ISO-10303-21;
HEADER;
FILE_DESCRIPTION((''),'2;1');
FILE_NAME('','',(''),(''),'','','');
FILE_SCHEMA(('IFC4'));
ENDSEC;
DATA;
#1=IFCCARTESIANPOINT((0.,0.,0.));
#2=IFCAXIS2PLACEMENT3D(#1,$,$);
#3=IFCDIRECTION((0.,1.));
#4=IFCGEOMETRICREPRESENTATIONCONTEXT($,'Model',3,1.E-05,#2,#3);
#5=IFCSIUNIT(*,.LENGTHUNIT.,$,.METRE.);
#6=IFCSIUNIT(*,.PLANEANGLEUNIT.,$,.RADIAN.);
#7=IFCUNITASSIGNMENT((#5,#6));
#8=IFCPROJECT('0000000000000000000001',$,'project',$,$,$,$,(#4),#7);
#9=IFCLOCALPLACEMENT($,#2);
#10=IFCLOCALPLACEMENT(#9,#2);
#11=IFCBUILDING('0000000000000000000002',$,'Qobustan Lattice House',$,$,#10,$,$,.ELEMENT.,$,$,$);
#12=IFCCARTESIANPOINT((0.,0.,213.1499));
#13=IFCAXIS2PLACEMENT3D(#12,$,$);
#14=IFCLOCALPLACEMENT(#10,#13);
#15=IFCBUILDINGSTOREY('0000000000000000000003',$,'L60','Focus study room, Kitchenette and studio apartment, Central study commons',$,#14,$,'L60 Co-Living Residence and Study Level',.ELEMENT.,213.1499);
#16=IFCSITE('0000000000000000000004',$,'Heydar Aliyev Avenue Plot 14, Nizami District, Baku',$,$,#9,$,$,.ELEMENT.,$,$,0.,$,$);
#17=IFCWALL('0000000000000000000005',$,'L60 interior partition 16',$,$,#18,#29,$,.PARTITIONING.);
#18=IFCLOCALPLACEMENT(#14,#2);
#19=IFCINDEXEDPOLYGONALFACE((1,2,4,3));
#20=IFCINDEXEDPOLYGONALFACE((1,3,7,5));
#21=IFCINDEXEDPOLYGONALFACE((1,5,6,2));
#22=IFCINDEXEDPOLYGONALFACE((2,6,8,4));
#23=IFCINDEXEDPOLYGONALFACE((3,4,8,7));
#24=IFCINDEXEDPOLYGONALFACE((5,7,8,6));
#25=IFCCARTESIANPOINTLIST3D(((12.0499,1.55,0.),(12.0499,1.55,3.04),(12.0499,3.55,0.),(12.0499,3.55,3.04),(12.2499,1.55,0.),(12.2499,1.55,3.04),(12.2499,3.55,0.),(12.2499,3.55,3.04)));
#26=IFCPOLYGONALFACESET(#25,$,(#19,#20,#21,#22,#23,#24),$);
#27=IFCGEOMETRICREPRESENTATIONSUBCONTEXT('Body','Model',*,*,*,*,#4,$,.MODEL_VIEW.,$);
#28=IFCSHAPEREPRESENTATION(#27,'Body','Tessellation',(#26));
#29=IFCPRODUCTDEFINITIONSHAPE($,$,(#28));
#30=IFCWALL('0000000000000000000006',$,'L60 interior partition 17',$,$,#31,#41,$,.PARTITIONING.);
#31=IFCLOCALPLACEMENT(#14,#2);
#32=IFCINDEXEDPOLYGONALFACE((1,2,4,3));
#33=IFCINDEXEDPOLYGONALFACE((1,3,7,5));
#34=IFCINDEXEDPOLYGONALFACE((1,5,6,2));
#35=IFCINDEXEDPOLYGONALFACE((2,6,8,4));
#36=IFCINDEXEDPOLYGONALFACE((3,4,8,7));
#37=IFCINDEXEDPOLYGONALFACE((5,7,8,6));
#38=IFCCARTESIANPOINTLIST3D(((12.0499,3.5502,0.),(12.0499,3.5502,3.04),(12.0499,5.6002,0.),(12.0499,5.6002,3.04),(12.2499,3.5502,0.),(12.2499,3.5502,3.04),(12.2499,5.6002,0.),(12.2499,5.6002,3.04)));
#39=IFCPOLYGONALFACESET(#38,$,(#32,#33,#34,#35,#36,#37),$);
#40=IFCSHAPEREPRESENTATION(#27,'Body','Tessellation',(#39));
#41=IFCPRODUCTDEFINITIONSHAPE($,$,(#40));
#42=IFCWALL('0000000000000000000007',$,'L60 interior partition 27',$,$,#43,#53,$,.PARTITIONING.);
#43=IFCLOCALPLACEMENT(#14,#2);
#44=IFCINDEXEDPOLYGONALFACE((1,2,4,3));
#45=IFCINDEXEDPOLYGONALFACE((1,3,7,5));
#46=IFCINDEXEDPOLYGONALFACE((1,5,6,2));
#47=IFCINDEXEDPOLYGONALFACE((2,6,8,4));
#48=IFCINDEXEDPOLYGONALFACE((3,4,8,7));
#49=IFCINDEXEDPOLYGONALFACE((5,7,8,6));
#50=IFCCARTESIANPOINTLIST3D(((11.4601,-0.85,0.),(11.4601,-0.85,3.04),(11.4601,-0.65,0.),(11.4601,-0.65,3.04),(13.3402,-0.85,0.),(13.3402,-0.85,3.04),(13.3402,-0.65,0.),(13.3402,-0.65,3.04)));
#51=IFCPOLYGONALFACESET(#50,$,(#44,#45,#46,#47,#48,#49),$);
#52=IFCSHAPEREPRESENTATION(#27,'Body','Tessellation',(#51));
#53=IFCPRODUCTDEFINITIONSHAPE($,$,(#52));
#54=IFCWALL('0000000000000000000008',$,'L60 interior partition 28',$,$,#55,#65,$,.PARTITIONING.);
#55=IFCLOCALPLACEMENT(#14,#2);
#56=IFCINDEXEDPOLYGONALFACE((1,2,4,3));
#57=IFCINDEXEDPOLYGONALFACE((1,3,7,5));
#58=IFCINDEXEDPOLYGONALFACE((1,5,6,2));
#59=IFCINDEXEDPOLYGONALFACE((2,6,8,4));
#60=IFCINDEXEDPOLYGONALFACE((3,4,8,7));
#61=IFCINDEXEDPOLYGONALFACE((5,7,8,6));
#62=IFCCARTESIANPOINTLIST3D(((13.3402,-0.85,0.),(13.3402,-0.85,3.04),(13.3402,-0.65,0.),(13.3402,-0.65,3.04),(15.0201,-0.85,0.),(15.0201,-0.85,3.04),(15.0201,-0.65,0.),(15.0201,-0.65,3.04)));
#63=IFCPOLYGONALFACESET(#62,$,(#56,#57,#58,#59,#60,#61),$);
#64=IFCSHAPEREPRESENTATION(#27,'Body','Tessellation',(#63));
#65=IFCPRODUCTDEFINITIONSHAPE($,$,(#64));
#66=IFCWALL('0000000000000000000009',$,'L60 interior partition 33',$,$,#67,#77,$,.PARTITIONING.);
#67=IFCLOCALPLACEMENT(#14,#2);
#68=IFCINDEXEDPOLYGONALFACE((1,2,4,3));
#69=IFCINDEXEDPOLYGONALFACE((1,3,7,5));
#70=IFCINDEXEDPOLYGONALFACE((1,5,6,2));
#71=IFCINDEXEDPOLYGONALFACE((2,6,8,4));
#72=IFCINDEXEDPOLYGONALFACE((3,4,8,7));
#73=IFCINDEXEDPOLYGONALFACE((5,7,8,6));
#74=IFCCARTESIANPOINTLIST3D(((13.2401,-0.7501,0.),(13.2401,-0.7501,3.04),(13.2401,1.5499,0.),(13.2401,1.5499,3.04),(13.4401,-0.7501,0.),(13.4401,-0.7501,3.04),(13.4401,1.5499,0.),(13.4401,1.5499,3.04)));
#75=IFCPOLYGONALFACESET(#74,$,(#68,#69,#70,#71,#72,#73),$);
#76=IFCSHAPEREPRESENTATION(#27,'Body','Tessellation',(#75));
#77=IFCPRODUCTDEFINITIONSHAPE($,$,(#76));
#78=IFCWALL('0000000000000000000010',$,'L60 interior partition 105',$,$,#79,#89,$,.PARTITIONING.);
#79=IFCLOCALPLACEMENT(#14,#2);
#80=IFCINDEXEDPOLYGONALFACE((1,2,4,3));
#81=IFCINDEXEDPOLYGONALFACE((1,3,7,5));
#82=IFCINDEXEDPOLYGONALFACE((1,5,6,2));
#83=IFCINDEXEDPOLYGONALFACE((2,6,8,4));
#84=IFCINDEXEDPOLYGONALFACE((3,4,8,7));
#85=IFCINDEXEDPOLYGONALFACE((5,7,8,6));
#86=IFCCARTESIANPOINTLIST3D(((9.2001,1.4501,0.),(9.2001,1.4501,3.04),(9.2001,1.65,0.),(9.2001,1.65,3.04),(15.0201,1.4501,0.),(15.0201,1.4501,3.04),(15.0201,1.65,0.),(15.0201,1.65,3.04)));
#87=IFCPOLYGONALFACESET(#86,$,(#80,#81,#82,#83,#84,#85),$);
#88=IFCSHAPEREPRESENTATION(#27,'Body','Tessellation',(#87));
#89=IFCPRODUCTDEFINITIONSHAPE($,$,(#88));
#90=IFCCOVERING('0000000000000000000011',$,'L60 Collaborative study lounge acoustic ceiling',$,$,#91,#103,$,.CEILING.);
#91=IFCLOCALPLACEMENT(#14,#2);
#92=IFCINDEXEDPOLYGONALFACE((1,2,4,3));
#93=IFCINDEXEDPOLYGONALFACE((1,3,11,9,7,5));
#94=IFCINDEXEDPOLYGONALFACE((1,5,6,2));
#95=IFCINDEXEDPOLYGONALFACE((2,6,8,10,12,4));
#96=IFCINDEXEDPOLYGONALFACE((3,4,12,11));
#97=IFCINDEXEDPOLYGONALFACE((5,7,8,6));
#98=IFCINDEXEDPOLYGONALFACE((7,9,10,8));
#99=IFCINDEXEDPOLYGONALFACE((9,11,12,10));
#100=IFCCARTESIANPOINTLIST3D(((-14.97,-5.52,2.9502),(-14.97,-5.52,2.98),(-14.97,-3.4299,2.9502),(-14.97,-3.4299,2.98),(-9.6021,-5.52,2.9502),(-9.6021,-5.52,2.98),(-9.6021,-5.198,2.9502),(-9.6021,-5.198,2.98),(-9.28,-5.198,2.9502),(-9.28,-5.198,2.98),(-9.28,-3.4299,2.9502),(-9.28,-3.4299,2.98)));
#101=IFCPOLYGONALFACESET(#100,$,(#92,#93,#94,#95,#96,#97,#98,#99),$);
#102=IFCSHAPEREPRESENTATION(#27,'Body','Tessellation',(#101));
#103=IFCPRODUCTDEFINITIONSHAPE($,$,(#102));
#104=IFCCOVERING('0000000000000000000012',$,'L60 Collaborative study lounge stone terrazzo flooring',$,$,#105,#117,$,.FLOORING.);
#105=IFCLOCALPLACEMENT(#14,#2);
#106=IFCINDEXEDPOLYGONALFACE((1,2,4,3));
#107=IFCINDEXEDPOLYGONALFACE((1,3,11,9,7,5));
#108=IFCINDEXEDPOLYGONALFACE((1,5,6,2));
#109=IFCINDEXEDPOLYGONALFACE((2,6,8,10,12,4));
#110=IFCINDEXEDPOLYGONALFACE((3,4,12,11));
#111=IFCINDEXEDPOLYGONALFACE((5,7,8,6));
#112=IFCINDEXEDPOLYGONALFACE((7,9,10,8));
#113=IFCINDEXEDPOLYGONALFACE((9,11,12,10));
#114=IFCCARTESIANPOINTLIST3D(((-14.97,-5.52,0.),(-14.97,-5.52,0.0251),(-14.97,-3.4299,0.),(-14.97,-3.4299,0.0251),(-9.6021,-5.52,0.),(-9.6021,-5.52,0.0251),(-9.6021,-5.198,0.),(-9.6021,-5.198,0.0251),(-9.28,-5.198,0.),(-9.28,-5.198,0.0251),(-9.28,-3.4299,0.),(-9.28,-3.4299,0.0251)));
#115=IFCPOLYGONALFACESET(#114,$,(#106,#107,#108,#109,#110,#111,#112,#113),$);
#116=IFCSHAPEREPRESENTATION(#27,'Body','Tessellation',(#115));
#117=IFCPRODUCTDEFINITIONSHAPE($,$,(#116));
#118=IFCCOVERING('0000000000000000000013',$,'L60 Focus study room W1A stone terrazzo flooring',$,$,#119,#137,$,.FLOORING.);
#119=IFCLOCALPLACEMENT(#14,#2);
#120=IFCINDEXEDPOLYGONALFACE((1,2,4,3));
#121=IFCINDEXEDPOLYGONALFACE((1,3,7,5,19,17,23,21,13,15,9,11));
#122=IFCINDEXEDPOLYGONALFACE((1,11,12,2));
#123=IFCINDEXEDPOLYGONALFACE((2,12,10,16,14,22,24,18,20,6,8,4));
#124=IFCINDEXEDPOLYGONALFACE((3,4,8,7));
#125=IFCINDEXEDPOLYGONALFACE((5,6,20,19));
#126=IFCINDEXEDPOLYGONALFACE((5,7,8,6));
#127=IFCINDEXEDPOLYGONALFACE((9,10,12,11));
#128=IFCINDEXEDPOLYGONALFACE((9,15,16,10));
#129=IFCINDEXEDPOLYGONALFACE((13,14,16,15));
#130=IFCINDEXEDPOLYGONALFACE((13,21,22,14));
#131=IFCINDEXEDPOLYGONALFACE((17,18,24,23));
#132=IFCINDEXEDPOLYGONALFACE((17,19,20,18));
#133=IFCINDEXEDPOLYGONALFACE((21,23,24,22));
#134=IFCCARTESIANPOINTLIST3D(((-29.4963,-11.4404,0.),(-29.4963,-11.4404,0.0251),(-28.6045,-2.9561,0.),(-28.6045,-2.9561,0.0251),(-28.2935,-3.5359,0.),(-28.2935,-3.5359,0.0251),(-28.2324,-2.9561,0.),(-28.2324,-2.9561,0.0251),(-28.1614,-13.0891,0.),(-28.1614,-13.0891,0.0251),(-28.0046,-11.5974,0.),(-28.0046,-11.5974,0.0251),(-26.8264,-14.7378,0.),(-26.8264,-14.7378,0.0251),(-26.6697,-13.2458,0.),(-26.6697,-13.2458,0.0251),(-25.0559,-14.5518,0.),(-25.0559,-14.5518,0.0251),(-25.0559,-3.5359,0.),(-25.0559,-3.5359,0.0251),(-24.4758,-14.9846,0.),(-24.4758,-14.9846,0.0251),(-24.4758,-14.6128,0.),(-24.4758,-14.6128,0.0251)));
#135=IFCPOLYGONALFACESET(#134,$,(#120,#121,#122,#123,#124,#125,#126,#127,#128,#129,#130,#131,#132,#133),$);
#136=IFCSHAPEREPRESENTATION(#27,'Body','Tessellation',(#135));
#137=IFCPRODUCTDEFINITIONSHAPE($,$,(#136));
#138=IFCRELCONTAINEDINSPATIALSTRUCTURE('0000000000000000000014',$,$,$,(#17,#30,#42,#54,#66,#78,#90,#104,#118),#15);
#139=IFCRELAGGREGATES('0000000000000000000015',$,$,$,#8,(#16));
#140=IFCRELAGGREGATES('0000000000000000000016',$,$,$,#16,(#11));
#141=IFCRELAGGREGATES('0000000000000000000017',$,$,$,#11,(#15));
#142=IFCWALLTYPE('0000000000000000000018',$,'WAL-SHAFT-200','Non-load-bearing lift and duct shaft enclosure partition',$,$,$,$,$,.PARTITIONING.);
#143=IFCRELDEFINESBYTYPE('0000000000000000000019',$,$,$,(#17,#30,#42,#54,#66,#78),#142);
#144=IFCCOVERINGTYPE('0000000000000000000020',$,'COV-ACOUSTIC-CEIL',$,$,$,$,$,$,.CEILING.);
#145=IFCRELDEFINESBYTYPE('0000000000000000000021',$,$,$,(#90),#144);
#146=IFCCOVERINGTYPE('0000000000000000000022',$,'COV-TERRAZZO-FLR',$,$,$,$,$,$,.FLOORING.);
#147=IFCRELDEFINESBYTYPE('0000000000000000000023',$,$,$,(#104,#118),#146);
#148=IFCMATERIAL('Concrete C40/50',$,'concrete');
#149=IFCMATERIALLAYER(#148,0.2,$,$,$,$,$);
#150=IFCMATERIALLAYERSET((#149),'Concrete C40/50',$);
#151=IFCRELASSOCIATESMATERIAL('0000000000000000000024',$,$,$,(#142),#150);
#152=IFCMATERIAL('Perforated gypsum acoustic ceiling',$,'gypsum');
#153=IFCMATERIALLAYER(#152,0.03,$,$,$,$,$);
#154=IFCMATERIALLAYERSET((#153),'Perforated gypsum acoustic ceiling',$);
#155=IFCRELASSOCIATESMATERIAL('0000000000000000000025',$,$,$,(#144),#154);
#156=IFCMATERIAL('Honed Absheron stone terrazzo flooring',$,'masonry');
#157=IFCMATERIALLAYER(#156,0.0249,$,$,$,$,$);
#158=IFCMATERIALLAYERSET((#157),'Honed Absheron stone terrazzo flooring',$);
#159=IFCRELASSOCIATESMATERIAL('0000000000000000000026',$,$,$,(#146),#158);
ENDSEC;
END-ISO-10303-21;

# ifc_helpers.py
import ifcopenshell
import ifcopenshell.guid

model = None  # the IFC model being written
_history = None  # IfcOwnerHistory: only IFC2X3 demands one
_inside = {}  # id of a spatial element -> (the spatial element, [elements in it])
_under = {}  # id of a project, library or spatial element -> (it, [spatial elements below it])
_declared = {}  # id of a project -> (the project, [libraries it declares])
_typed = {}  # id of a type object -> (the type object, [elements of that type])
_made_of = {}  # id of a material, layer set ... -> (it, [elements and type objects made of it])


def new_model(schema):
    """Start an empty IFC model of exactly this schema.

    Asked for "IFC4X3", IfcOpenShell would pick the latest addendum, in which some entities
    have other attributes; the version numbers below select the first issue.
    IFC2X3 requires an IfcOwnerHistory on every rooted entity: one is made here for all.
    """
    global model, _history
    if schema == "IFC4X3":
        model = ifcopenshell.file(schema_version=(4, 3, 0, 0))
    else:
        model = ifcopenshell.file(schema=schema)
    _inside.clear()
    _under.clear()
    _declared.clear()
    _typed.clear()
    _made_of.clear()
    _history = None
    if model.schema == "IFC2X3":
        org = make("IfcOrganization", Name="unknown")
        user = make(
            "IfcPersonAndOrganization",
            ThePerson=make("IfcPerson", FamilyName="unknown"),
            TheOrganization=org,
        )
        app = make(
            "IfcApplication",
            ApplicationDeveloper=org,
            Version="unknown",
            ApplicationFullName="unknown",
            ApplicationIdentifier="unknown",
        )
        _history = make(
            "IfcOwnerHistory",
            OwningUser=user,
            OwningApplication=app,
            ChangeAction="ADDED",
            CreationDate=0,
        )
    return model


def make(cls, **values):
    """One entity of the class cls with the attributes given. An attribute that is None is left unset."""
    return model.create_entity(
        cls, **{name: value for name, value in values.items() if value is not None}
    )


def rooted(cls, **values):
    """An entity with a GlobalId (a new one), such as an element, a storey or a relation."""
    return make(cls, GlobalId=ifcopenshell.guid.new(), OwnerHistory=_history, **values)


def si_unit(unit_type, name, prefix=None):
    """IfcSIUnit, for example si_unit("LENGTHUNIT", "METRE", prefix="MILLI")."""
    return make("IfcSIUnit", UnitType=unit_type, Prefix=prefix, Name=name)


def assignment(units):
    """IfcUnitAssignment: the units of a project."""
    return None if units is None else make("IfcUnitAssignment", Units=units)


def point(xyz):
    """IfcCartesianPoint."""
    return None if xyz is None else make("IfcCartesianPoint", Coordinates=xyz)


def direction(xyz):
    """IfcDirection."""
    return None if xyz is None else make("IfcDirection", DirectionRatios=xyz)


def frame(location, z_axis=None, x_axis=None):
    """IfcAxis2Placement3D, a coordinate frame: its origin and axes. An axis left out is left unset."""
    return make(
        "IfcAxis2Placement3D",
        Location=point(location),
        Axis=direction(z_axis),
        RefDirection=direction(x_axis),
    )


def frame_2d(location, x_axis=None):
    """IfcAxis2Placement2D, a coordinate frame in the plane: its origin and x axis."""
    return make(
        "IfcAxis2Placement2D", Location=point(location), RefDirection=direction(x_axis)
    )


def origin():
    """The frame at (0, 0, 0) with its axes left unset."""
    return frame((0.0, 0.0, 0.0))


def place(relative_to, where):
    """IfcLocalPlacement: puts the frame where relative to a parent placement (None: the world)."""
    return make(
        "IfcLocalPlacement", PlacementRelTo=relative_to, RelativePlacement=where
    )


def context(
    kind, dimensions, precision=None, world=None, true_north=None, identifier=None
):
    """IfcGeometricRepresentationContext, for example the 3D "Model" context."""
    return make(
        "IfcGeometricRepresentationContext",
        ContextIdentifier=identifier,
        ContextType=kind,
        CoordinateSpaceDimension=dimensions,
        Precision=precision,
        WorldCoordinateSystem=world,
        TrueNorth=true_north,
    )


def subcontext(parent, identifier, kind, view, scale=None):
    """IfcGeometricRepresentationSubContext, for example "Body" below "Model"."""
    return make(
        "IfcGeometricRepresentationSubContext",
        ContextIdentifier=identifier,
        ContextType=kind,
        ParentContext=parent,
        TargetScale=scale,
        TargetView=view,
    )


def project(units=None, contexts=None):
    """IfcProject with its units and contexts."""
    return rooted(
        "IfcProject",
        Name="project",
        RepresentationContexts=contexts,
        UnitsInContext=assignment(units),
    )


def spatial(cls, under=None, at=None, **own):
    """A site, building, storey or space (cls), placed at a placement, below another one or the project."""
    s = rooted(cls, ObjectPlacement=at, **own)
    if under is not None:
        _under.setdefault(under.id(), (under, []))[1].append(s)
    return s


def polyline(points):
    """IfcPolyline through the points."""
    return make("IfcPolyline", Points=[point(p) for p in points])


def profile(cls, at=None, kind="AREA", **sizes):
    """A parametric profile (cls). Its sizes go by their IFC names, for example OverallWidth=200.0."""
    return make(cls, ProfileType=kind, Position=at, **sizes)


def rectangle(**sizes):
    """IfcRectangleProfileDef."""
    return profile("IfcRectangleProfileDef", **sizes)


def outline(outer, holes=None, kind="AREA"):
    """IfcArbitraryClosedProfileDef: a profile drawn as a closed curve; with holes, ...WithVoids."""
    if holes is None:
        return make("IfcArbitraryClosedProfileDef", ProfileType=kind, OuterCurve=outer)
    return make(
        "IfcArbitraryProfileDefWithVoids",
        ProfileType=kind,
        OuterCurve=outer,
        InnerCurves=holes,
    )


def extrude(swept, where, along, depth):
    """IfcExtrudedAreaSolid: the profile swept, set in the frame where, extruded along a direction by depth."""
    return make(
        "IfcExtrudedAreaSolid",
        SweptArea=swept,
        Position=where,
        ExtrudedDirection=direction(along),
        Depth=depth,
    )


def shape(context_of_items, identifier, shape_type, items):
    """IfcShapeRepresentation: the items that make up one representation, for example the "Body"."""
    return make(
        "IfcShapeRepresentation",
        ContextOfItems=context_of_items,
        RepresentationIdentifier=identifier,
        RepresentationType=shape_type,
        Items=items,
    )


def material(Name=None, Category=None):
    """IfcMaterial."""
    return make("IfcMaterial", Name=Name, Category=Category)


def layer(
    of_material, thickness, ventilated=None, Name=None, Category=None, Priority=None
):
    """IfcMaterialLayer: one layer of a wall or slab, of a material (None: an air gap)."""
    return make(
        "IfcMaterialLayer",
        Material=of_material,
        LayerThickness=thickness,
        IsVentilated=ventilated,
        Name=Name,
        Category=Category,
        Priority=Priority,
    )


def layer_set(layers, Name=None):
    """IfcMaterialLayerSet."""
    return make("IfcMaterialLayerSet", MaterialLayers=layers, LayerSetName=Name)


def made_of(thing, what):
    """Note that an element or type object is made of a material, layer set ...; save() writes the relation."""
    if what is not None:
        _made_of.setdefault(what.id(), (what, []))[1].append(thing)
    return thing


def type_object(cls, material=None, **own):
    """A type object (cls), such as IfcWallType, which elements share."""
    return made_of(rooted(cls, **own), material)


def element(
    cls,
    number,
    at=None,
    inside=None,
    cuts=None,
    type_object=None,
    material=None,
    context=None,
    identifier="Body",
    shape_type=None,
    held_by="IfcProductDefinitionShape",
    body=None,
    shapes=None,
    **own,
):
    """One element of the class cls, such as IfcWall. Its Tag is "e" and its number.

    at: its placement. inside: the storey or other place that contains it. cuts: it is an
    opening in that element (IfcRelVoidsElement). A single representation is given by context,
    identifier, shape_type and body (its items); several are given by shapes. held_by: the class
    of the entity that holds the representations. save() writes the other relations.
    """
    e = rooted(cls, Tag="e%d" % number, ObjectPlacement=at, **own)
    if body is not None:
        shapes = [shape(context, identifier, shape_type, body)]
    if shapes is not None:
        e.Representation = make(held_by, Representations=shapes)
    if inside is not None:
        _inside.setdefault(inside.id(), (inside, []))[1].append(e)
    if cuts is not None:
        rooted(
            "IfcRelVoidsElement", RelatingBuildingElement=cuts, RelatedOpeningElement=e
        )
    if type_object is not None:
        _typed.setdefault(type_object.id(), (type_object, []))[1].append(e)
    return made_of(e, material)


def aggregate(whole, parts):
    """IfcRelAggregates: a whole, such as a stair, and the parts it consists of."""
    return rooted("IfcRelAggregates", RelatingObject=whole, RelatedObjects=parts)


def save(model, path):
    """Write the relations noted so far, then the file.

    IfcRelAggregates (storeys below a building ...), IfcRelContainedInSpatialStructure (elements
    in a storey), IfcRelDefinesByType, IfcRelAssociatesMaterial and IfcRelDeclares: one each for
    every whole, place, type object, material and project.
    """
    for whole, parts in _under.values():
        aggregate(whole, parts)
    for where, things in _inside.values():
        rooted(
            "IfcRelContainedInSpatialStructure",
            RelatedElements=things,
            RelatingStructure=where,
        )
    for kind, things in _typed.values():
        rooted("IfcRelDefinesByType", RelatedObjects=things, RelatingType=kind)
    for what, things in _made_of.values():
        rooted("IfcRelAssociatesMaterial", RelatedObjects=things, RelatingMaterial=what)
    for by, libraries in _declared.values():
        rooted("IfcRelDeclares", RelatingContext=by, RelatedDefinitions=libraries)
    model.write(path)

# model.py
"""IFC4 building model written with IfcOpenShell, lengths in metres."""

from ifc_helpers import new_model, si_unit, direction, frame, frame_2d, origin, place, context, subcontext, project, spatial, polyline, rectangle, outline, extrude, material, layer, layer_set, type_object, element, save


model = new_model("IFC4")

# Units and contexts
model_context = context("Model", 3, precision=1e-05, world=origin(), true_north=direction((0.0, 1.0)))
body_context = subcontext(model_context, "Body", "Model", "MODEL_VIEW")
ifc_project = project(units=[si_unit("LENGTHUNIT", "METRE"), si_unit("PLANEANGLEUNIT", "RADIAN")], contexts=[model_context])

# Site, building, storey
site_placement = place(None, origin())
site = spatial("IfcSite", under=ifc_project, at=site_placement, Name="Heydar Aliyev Avenue Plot 14, Nizami District, Baku", CompositionType="ELEMENT", RefElevation=0.0)
building_placement = place(site_placement, origin())
building = spatial("IfcBuilding", under=site, at=building_placement, Name="Qobustan Lattice House", CompositionType="ELEMENT")
storey_placement = place(building_placement, frame((0.0, 0.0, 213.1499)))
storey = spatial("IfcBuildingStorey", under=building, at=storey_placement, Name="L60", Description="Focus study room, Kitchenette and studio apartment, Central study commons", LongName="L60 Co-Living Residence and Study Level", CompositionType="ELEMENT", Elevation=213.1499)

# Walls
ifc_material_1 = material(Name="Concrete C40/50", Category="concrete")
ifc_layer_1 = layer(ifc_material_1, 0.2)
ifc_layer_set_1 = layer_set([ifc_layer_1], Name="Concrete C40/50")
wall_type_1 = type_object("IfcWallType", Name="WAL-SHAFT-200", Description="Non-load-bearing lift and duct shaft enclosure partition", PredefinedType="PARTITIONING", material=ifc_layer_set_1)
wall_1_placement = place(storey_placement, frame((12.1499, 3.55, 0.0), z_axis=(0.0, 0.0, 1.0), x_axis=(0.0, -1.0, 0.0)))
element("IfcWall", 1, at=wall_1_placement, inside=storey, type_object=wall_type_1, Name="L60 interior partition 16", PredefinedType="PARTITIONING", context=body_context, shape_type="SweptSolid", body=[
    extrude(rectangle(XDim=2.0, YDim=0.2, at=frame_2d((1.0, 0.0))), origin(), (0.0, 0.0, 1.0), 3.04),
])
wall_2_placement = place(storey_placement, frame((12.1499, 5.6001, 0.0), z_axis=(0.0, 0.0, 1.0), x_axis=(0.0, -1.0, 0.0)))
element("IfcWall", 2, at=wall_2_placement, inside=storey, type_object=wall_type_1, Name="L60 interior partition 17", PredefinedType="PARTITIONING", context=body_context, shape_type="SweptSolid", body=[
    extrude(rectangle(XDim=2.05, YDim=0.2, at=frame_2d((1.0249, 0.0))), origin(), (0.0, 0.0, 1.0), 3.04),
])
wall_3_placement = place(storey_placement, frame((13.3401, -0.75, 0.0), z_axis=(0.0, 0.0, 1.0), x_axis=(-1.0, 0.0, 0.0)))
element("IfcWall", 3, at=wall_3_placement, inside=storey, type_object=wall_type_1, Name="L60 interior partition 27", PredefinedType="PARTITIONING", context=body_context, shape_type="SweptSolid", body=[
    extrude(rectangle(XDim=1.8801, YDim=0.2, at=frame_2d((0.9399, 0.0))), origin(), (0.0, 0.0, 1.0), 3.04),
])
wall_4_placement = place(storey_placement, frame((15.02, -0.75, 0.0), z_axis=(0.0, 0.0, 1.0), x_axis=(-1.0, 0.0, 0.0)))
element("IfcWall", 4, at=wall_4_placement, inside=storey, type_object=wall_type_1, Name="L60 interior partition 28", PredefinedType="PARTITIONING", context=body_context, shape_type="SweptSolid", body=[
    extrude(rectangle(XDim=1.6799, YDim=0.2, at=frame_2d((0.8398, 0.0))), origin(), (0.0, 0.0, 1.0), 3.04),
])
wall_5_placement = place(storey_placement, frame((13.3401, -0.75, 0.0), z_axis=(0.0, 0.0, 1.0), x_axis=(0.0, 1.0, 0.0)))
element("IfcWall", 5, at=wall_5_placement, inside=storey, type_object=wall_type_1, Name="L60 interior partition 33", PredefinedType="PARTITIONING", context=body_context, shape_type="SweptSolid", body=[
    extrude(rectangle(XDim=2.3, YDim=0.2, at=frame_2d((1.1499, 0.0))), origin(), (0.0, 0.0, 1.0), 3.04),
])
wall_6_placement = place(storey_placement, frame((9.2, 1.55, 0.0), z_axis=(0.0, 0.0, 1.0), x_axis=(1.0, 0.0, 0.0)))
element("IfcWall", 6, at=wall_6_placement, inside=storey, type_object=wall_type_1, Name="L60 interior partition 105", PredefinedType="PARTITIONING", context=body_context, shape_type="SweptSolid", body=[
    extrude(rectangle(XDim=5.8201, YDim=0.2, at=frame_2d((2.9102, 0.0))), origin(), (0.0, 0.0, 1.0), 3.04),
])

# Coverings
ifc_material_2 = material(Name="Perforated gypsum acoustic ceiling", Category="gypsum")
ifc_layer_2 = layer(ifc_material_2, 0.03)
ifc_layer_set_2 = layer_set([ifc_layer_2], Name="Perforated gypsum acoustic ceiling")
covering_type_1 = type_object("IfcCoveringType", Name="COV-ACOUSTIC-CEIL", PredefinedType="CEILING", material=ifc_layer_set_2)
covering_1_placement = place(storey_placement, frame((0.0, 0.0, 2.9502)))
element("IfcCovering", 7, at=covering_1_placement, inside=storey, type_object=covering_type_1, Name="L60 Collaborative study lounge acoustic ceiling", PredefinedType="CEILING", context=body_context, shape_type="SweptSolid", body=[
    extrude(outline(polyline([(-9.28, -3.4299), (-14.97, -3.4299), (-14.97, -5.52), (-9.6021, -5.52), (-9.6021, -5.198), (-9.28, -5.198), (-9.28, -3.4299)])), origin(), (0.0, 0.0, 1.0), 0.0298),
])
ifc_material_3 = material(Name="Honed Absheron stone terrazzo flooring", Category="masonry")
ifc_layer_3 = layer(ifc_material_3, 0.0249)
ifc_layer_set_3 = layer_set([ifc_layer_3], Name="Honed Absheron stone terrazzo flooring")
covering_type_2 = type_object("IfcCoveringType", Name="COV-TERRAZZO-FLR", PredefinedType="FLOORING", material=ifc_layer_set_3)
covering_2_placement = place(storey_placement, origin())
element("IfcCovering", 8, at=covering_2_placement, inside=storey, type_object=covering_type_2, Name="L60 Collaborative study lounge stone terrazzo flooring", PredefinedType="FLOORING", context=body_context, shape_type="SweptSolid", body=[
    extrude(outline(polyline([(-9.28, -3.4299), (-14.97, -3.4299), (-14.97, -5.52), (-9.6021, -5.52), (-9.6021, -5.198), (-9.28, -5.198), (-9.28, -3.4299)])), origin(), (0.0, 0.0, 1.0), 0.0251),
])
covering_3_placement = place(storey_placement, origin())
element("IfcCovering", 9, at=covering_3_placement, inside=storey, type_object=covering_type_2, Name="L60 Focus study room W1A stone terrazzo flooring", PredefinedType="FLOORING", context=body_context, shape_type="SweptSolid", body=[
    extrude(outline(polyline([(-26.8264, -14.7378), (-24.4758, -14.9846), (-24.4758, -14.6128), (-25.0559, -14.5518), (-25.0559, -3.5359), (-28.2935, -3.5359), (-28.2324, -2.9561), (-28.6045, -2.9561), (-29.4963, -11.4404), (-28.0046, -11.5974), (-28.1614, -13.0891), (-26.6697, -13.2458), (-26.8264, -14.7378)])), origin(), (0.0, 0.0, 1.0), 0.0251),
])

save(model, "model.ifc")
